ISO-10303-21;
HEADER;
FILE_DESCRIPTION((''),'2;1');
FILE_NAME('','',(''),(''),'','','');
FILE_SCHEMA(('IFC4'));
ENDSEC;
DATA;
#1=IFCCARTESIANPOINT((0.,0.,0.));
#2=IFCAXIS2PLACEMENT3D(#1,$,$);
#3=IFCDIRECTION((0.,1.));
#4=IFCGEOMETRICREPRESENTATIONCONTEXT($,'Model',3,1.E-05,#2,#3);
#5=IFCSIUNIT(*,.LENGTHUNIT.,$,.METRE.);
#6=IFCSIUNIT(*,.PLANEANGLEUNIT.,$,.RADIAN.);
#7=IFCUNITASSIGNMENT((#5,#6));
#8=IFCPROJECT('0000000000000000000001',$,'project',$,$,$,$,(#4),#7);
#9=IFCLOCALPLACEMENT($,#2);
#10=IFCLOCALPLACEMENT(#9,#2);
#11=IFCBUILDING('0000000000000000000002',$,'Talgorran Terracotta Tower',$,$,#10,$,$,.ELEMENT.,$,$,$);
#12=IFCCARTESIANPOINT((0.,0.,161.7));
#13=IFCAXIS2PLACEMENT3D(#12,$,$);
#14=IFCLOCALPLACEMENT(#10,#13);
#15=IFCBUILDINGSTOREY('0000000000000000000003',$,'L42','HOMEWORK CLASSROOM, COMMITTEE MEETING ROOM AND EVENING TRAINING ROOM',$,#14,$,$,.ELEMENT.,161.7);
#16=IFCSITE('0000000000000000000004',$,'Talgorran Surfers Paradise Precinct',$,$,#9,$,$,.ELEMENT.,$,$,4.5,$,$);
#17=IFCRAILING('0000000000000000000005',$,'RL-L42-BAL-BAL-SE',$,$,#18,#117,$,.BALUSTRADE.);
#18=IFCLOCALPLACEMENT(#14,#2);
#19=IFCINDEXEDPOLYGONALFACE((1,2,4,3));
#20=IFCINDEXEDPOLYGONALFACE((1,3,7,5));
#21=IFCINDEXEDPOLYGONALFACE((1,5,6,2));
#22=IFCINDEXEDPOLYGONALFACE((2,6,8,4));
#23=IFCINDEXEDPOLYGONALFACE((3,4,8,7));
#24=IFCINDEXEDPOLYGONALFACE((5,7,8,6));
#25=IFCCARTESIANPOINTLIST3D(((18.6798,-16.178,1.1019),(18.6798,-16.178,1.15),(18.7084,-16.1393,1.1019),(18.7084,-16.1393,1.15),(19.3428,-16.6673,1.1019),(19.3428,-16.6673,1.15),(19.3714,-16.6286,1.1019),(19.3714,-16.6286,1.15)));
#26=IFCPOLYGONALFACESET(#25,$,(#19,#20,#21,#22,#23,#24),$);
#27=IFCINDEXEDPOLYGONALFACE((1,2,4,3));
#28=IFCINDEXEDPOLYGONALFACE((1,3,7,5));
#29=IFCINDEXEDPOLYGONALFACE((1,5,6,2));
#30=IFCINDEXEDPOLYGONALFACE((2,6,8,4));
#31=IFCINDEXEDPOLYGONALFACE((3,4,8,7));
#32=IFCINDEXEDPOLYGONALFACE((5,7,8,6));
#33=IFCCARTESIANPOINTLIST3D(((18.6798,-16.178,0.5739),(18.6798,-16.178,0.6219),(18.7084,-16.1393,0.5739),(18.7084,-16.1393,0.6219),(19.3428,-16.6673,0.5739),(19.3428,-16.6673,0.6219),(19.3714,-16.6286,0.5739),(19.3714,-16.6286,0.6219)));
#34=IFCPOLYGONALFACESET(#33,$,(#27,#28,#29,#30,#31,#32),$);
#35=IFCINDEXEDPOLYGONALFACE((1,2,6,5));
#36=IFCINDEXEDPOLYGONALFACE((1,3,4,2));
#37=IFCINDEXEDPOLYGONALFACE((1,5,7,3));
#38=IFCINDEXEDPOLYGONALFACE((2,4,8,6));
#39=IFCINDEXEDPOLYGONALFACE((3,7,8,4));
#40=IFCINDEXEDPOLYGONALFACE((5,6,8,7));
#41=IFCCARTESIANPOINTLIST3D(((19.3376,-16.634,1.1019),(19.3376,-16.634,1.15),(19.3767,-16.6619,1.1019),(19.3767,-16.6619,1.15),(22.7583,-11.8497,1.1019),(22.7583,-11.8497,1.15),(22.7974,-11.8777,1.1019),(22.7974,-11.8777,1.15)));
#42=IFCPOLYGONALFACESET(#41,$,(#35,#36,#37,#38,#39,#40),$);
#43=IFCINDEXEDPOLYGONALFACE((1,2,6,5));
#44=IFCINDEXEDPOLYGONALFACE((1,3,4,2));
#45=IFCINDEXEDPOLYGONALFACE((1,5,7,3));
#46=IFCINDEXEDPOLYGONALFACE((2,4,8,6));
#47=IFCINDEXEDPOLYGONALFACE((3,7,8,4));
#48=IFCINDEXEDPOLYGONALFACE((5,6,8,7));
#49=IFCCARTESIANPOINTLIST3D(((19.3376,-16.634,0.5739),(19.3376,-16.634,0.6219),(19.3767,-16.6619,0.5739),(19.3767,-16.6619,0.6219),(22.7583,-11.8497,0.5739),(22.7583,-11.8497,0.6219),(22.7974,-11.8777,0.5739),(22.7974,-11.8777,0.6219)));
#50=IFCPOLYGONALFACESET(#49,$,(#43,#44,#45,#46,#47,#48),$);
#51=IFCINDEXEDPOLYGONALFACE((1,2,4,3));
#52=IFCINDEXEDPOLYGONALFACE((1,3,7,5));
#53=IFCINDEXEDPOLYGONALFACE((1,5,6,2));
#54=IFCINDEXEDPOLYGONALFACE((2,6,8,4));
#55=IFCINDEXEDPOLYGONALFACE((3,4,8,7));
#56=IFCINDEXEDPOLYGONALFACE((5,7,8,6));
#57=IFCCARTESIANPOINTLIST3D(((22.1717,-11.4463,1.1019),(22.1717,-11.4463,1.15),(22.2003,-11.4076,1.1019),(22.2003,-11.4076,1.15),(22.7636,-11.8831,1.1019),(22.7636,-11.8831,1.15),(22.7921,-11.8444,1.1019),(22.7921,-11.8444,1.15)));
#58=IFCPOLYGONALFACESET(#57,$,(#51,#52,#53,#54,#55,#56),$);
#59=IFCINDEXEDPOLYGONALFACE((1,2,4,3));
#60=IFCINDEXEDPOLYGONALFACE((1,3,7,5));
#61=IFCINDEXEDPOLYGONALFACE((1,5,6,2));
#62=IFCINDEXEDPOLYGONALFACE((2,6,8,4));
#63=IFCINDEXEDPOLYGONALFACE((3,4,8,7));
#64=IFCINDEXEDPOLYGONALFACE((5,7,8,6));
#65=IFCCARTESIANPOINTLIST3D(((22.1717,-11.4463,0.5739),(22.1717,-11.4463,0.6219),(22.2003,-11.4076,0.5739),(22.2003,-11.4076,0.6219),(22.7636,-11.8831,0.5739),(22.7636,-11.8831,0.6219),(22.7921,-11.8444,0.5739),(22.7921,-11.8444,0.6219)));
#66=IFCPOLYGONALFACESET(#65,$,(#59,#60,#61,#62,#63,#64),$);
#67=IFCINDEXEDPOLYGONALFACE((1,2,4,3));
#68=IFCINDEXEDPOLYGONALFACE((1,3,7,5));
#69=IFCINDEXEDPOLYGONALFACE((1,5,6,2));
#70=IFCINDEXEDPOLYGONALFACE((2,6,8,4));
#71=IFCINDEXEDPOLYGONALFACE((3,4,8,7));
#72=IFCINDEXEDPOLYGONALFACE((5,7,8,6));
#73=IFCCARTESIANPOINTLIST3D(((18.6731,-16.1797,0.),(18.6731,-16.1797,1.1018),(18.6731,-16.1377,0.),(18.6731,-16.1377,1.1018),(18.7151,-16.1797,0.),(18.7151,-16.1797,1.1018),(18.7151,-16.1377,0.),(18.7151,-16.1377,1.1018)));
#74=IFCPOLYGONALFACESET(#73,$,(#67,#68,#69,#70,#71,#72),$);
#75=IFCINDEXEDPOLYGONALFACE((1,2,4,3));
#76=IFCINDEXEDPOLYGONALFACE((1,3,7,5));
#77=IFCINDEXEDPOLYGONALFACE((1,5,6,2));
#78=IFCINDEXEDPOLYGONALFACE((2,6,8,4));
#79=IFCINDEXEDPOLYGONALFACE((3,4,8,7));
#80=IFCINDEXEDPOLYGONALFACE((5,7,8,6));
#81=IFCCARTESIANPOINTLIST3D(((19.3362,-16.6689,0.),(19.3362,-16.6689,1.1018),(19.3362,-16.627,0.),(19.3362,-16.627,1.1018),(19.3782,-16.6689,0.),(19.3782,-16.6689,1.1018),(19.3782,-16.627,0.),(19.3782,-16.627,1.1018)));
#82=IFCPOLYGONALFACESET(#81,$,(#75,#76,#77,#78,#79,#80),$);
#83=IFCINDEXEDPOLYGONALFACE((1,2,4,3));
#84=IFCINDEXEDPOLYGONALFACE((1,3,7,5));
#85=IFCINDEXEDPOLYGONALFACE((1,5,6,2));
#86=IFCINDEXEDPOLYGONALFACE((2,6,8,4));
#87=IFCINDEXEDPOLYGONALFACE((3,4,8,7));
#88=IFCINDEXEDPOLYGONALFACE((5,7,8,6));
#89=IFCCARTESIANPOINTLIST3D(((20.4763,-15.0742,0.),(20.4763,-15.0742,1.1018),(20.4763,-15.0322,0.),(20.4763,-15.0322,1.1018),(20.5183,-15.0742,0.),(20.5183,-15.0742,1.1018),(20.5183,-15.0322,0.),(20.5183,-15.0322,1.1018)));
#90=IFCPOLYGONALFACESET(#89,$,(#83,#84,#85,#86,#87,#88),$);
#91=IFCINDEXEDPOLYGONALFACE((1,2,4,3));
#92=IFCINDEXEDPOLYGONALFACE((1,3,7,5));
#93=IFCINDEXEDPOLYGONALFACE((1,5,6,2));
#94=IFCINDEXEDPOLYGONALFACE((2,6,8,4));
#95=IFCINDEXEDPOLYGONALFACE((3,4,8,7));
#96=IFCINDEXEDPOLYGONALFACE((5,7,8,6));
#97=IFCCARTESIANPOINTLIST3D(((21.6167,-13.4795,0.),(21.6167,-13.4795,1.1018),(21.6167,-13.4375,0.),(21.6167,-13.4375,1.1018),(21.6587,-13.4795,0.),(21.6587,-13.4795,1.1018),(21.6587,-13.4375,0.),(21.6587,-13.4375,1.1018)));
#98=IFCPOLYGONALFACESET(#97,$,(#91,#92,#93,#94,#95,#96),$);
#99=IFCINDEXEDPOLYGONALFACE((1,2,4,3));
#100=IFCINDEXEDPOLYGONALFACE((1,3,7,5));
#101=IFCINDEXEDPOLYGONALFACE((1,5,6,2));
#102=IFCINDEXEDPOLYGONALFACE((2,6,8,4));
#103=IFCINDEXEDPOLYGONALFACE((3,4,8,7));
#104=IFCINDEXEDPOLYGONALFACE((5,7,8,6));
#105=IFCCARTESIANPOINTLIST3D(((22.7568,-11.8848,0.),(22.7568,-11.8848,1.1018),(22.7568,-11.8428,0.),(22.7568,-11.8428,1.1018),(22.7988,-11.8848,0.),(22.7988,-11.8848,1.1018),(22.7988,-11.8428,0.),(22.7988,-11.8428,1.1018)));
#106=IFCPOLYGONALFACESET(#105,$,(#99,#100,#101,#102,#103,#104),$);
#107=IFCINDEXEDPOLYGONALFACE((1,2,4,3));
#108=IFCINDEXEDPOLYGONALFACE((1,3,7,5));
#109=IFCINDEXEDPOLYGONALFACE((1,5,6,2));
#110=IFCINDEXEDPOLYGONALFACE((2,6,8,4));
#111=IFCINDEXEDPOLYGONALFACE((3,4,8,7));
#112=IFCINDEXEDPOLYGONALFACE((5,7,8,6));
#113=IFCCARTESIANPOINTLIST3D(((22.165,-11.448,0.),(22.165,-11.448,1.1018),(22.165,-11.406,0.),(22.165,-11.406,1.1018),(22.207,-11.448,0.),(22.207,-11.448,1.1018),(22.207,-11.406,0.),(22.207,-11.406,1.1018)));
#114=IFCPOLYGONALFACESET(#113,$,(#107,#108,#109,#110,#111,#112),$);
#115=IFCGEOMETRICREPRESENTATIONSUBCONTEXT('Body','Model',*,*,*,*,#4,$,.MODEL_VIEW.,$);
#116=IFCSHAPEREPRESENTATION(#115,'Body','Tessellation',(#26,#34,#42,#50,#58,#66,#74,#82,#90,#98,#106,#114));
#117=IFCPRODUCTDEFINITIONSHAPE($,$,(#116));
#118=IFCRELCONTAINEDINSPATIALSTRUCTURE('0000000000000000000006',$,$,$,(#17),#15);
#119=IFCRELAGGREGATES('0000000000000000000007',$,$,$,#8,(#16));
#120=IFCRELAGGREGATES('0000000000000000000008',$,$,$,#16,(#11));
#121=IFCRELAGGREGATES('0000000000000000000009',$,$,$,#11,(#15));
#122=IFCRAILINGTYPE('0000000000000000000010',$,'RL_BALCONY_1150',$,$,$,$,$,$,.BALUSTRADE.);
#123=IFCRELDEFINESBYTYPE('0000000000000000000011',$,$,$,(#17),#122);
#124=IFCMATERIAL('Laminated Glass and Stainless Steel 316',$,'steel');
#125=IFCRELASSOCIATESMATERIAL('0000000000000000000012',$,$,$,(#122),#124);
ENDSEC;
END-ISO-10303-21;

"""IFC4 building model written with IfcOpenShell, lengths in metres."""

from ifc_helpers import new_model, si_unit, direction, frame, origin, origin_2d, place, context, subcontext, project, spatial, rectangle, extrude, material, type_object, element, save


model = new_model("IFC4")

# Units and contexts
model_context = context("Model", 3, precision=1e-05, world=origin(), true_north=direction((0.0, 1.0)))
body_context = subcontext(model_context, "Body", "Model", "MODEL_VIEW")
ifc_project = project(units=[si_unit("LENGTHUNIT", "METRE"), si_unit("PLANEANGLEUNIT", "RADIAN")], contexts=[model_context])

# Site, building, storey
site_placement = place(None, origin())
site = spatial("IfcSite", under=ifc_project, at=site_placement, Name="Talgorran Surfers Paradise Precinct", CompositionType="ELEMENT", RefElevation=4.5)
building_placement = place(site_placement, origin())
building = spatial("IfcBuilding", under=site, at=building_placement, Name="Talgorran Terracotta Tower", CompositionType="ELEMENT")
storey_placement = place(building_placement, frame((0.0, 0.0, 161.7)))
storey = spatial("IfcBuildingStorey", under=building, at=storey_placement, Name="L42", Description="HOMEWORK CLASSROOM, COMMITTEE MEETING ROOM AND EVENING TRAINING ROOM", CompositionType="ELEMENT", Elevation=161.7)

# Railing
ifc_material_1 = material(Name="Laminated Glass and Stainless Steel 316", Category="steel")
railing_type = type_object("IfcRailingType", Name="RL_BALCONY_1150", PredefinedType="BALUSTRADE", material=ifc_material_1)
railing_placement = place(storey_placement, frame((18.6941, -16.1587, 0.0)))
element("IfcRailing", 1, at=railing_placement, inside=storey, type_object=railing_type, Name="RL-L42-BAL-BAL-SE", PredefinedType="BALUSTRADE", context=body_context, shape_type="SweptSolid", body=[
    extrude(rectangle(XDim=0.0481, YDim=0.0481, at=origin_2d()), frame((0.0, 0.0, 1.126), z_axis=(0.804668, -0.593724, 0.0), x_axis=(0.593724, 0.804668, 0.0)), (0.0, 0.0, 1.0), 0.824),
    extrude(rectangle(XDim=0.0481, YDim=0.0481, at=origin_2d()), frame((0.0, 0.0, 0.5979), z_axis=(0.804668, -0.593724, 0.0), x_axis=(0.593724, 0.804668, 0.0)), (0.0, 0.0, 1.0), 0.824),
    extrude(rectangle(XDim=0.0481, YDim=0.0481, at=origin_2d()), frame((0.6631, -0.4893, 1.126), z_axis=(0.581619, 0.813461, 0.0), x_axis=(-0.813461, 0.581619, 0.0)), (0.0, 0.0, 1.0), 5.8813),
    extrude(rectangle(XDim=0.0481, YDim=0.0481, at=origin_2d()), frame((0.6631, -0.4893, 0.5979), z_axis=(0.581619, 0.813461, 0.0), x_axis=(-0.813461, 0.581619, 0.0)), (0.0, 0.0, 1.0), 5.8813),
    extrude(rectangle(XDim=0.0481, YDim=0.0481, at=origin_2d()), frame((4.0837, 4.2949, 1.126), z_axis=(-0.804597, 0.593822, 0.0), x_axis=(-0.593822, -0.804597, 0.0)), (0.0, 0.0, 1.0), 0.7356),
    extrude(rectangle(XDim=0.0481, YDim=0.0481, at=origin_2d()), frame((4.0837, 4.2949, 0.5979), z_axis=(-0.804597, 0.593822, 0.0), x_axis=(-0.593822, -0.804597, 0.0)), (0.0, 0.0, 1.0), 0.7356),
    extrude(rectangle(XDim=0.042, YDim=0.042, at=origin_2d()), origin(), (0.0, 0.0, 1.0), 1.1018),
    extrude(rectangle(XDim=0.042, YDim=0.042, at=origin_2d()), frame((0.6631, -0.4893, 0.0)), (0.0, 0.0, 1.0), 1.1018),
    extrude(rectangle(XDim=0.042, YDim=0.042, at=origin_2d()), frame((1.8032, 1.1055, 0.0)), (0.0, 0.0, 1.0), 1.1018),
    extrude(rectangle(XDim=0.042, YDim=0.042, at=origin_2d()), frame((2.9436, 2.7002, 0.0)), (0.0, 0.0, 1.0), 1.1018),
    extrude(rectangle(XDim=0.042, YDim=0.042, at=origin_2d()), frame((4.0837, 4.2949, 0.0)), (0.0, 0.0, 1.0), 1.1018),
    extrude(rectangle(XDim=0.042, YDim=0.042, at=origin_2d()), frame((3.4919, 4.7317, 0.0)), (0.0, 0.0, 1.0), 1.1018),
])

save(model, "model.ifc")
